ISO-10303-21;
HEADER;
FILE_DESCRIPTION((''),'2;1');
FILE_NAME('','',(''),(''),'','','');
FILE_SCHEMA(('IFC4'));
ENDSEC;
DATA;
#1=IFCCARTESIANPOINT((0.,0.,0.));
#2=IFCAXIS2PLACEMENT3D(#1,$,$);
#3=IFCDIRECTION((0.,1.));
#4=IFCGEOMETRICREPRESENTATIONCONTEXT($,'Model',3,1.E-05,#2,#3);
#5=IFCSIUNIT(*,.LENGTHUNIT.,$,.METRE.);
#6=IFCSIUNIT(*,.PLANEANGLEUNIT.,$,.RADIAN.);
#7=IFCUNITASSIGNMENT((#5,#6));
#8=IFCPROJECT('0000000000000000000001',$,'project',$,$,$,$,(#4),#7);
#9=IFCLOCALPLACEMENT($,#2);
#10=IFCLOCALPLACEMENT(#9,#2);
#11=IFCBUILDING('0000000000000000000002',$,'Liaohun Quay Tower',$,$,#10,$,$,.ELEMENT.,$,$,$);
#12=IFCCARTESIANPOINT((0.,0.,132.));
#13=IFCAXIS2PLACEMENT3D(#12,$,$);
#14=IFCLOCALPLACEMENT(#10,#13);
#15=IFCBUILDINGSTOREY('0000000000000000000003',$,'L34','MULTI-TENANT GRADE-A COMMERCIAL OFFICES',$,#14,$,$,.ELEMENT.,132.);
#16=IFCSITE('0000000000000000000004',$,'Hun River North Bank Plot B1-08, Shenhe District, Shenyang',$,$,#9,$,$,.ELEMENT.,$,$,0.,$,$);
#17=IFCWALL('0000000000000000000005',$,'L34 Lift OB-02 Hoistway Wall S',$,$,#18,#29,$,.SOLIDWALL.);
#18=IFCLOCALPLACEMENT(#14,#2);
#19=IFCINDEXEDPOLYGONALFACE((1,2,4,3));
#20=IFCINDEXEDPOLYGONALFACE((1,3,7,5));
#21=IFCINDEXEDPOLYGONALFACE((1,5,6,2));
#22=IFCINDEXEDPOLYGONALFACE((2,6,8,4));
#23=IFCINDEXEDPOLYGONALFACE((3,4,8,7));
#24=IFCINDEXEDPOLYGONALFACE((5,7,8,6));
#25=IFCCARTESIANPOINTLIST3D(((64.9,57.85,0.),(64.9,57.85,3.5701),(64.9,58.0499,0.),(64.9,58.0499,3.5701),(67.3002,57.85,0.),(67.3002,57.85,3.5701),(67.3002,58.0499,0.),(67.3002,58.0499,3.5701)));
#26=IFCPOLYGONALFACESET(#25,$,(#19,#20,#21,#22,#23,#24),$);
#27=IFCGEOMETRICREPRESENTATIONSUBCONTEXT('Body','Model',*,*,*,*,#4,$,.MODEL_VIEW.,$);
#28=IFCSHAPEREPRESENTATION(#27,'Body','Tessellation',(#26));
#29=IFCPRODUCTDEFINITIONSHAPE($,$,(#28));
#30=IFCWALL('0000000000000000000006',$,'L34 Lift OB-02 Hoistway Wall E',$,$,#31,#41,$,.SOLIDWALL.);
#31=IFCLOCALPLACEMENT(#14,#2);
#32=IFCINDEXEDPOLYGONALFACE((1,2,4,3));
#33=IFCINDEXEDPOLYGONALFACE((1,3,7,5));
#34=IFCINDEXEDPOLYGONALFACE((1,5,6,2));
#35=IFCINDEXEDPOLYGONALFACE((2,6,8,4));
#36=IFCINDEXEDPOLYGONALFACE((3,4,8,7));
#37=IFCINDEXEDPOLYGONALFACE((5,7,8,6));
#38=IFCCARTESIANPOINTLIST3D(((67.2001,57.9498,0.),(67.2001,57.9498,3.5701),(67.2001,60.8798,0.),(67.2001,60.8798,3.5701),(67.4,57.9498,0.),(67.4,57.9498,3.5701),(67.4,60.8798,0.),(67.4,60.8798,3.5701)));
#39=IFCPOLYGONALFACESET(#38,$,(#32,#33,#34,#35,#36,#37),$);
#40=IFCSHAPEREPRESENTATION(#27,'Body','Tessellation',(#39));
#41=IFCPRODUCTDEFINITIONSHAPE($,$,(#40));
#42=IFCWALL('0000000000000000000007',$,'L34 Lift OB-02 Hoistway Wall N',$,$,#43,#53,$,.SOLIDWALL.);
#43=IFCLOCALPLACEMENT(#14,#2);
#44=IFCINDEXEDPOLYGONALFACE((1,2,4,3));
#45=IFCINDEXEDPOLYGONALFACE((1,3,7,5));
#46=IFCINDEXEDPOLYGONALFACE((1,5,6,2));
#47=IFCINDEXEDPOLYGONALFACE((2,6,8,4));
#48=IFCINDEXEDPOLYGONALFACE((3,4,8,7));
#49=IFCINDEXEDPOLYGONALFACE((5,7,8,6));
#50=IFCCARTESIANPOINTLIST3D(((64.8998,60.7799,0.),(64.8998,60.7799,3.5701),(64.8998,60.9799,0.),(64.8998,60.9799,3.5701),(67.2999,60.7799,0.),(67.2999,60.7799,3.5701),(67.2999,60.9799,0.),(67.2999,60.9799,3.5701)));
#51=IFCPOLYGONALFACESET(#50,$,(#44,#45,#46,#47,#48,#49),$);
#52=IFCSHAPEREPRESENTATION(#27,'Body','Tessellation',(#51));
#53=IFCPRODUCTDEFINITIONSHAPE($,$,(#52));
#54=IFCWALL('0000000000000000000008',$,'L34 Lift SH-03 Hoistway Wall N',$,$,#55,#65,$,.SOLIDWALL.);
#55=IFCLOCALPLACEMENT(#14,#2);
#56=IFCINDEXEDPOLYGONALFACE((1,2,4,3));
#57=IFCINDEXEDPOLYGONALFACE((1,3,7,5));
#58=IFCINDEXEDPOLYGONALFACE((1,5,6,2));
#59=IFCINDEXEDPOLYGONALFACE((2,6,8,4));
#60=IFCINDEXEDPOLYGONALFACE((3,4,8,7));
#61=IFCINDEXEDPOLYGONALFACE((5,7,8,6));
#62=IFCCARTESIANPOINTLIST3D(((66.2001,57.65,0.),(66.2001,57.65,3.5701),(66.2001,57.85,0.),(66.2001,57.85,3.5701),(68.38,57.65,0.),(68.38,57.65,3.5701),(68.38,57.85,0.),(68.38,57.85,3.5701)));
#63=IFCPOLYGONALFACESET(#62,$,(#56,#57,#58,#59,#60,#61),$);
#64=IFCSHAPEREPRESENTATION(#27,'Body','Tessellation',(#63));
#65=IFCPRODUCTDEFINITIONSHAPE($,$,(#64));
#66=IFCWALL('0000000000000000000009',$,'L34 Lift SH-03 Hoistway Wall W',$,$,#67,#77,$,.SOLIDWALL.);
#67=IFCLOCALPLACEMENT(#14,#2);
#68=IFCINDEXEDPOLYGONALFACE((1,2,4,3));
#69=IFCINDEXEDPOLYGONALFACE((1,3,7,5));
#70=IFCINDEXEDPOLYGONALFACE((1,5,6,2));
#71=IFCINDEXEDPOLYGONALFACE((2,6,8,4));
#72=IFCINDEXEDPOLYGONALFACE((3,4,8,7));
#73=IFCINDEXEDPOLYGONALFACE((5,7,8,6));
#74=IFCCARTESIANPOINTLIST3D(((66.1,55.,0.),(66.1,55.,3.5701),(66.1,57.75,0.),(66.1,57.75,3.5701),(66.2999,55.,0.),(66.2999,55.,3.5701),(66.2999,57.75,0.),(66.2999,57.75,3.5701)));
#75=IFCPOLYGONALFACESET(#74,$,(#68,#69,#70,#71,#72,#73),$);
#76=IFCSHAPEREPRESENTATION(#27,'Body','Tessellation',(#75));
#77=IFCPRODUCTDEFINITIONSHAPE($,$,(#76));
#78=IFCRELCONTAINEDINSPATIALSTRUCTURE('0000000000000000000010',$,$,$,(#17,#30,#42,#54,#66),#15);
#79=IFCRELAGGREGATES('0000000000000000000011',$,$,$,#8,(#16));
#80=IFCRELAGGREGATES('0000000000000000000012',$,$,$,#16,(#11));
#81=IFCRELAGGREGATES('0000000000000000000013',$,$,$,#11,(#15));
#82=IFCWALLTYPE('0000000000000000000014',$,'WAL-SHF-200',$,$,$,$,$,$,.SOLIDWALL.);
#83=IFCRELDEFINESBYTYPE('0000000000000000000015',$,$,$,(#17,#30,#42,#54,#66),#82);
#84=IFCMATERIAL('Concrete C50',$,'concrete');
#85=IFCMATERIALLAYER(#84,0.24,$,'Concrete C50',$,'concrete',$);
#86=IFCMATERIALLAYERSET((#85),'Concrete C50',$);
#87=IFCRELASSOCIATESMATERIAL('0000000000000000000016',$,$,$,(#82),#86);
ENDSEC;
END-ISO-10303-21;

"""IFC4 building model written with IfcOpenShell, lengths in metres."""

from ifc_helpers import new_model, si_unit, direction, frame, frame_2d, origin, place, context, subcontext, project, spatial, rectangle, extrude, material, layer, layer_set, type_object, element, save


model = new_model("IFC4")

# Units and contexts
model_context = context("Model", 3, precision=1e-05, world=origin(), true_north=direction((0.0, 1.0)))
body_context = subcontext(model_context, "Body", "Model", "MODEL_VIEW")
ifc_project = project(units=[si_unit("LENGTHUNIT", "METRE"), si_unit("PLANEANGLEUNIT", "RADIAN")], contexts=[model_context])

# Site, building, storey
site_placement = place(None, origin())
site = spatial("IfcSite", under=ifc_project, at=site_placement, Name="Hun River North Bank Plot B1-08, Shenhe District, Shenyang", CompositionType="ELEMENT", RefElevation=0.0)
building_placement = place(site_placement, origin())
building = spatial("IfcBuilding", under=site, at=building_placement, Name="Liaohun Quay Tower", CompositionType="ELEMENT")
storey_placement = place(building_placement, frame((0.0, 0.0, 132.0)))
storey = spatial("IfcBuildingStorey", under=building, at=storey_placement, Name="L34", Description="MULTI-TENANT GRADE-A COMMERCIAL OFFICES", CompositionType="ELEMENT", Elevation=132.0)

# Walls
ifc_material_1 = material(Name="Concrete C50", Category="concrete")
ifc_layer_1 = layer(ifc_material_1, 0.24, Name="Concrete C50", Category="concrete")
ifc_layer_set_1 = layer_set([ifc_layer_1], Name="Concrete C50")
wall_type_1 = type_object("IfcWallType", Name="WAL-SHF-200", PredefinedType="SOLIDWALL", material=ifc_layer_set_1)
wall_1_placement = place(storey_placement, frame((64.8999, 57.95, 0.0), z_axis=(0.0, 0.0, 1.0), x_axis=(1.0, 0.0, 0.0)))
element("IfcWall", 1, at=wall_1_placement, inside=storey, type_object=wall_type_1, Name="L34 Lift OB-02 Hoistway Wall S", PredefinedType="SOLIDWALL", context=body_context, shape_type="SweptSolid", body=[
    extrude(rectangle(XDim=2.4001, YDim=0.2, at=frame_2d((1.2002, 0.0))), origin(), (0.0, 0.0, 1.0), 3.5701),
])
wall_2_placement = place(storey_placement, frame((67.3, 57.95, 0.0), z_axis=(0.0, 0.0, 1.0), x_axis=(0.0, 1.0, 0.0)))
element("IfcWall", 2, at=wall_2_placement, inside=storey, type_object=wall_type_1, Name="L34 Lift OB-02 Hoistway Wall E", PredefinedType="SOLIDWALL", context=body_context, shape_type="SweptSolid", body=[
    extrude(rectangle(XDim=2.9299, YDim=0.2, at=frame_2d((1.4648, 0.0))), origin(), (0.0, 0.0, 1.0), 3.5701),
])
wall_3_placement = place(storey_placement, frame((67.3, 60.8799, 0.0), z_axis=(0.0, 0.0, 1.0), x_axis=(-1.0, 0.0, 0.0)))
element("IfcWall", 3, at=wall_3_placement, inside=storey, type_object=wall_type_1, Name="L34 Lift OB-02 Hoistway Wall N", PredefinedType="SOLIDWALL", context=body_context, shape_type="SweptSolid", body=[
    extrude(rectangle(XDim=2.4001, YDim=0.2, at=frame_2d((1.2002, 0.0))), origin(), (0.0, 0.0, 1.0), 3.5701),
])
wall_4_placement = place(storey_placement, frame((68.3799, 57.75, 0.0), z_axis=(0.0, 0.0, 1.0), x_axis=(-1.0, 0.0, 0.0)))
element("IfcWall", 4, at=wall_4_placement, inside=storey, type_object=wall_type_1, Name="L34 Lift SH-03 Hoistway Wall N", PredefinedType="SOLIDWALL", context=body_context, shape_type="SweptSolid", body=[
    extrude(rectangle(XDim=2.1799, YDim=0.2, at=frame_2d((1.0898, 0.0))), origin(), (0.0, 0.0, 1.0), 3.5701),
])
wall_5_placement = place(storey_placement, frame((66.2, 57.75, 0.0), z_axis=(0.0, 0.0, 1.0), x_axis=(0.0, -1.0, 0.0)))
element("IfcWall", 5, at=wall_5_placement, inside=storey, type_object=wall_type_1, Name="L34 Lift SH-03 Hoistway Wall W", PredefinedType="SOLIDWALL", context=body_context, shape_type="SweptSolid", body=[
    extrude(rectangle(XDim=2.75, YDim=0.2, at=frame_2d((1.375, 0.0))), origin(), (0.0, 0.0, 1.0), 3.5701),
])

save(model, "model.ifc")
